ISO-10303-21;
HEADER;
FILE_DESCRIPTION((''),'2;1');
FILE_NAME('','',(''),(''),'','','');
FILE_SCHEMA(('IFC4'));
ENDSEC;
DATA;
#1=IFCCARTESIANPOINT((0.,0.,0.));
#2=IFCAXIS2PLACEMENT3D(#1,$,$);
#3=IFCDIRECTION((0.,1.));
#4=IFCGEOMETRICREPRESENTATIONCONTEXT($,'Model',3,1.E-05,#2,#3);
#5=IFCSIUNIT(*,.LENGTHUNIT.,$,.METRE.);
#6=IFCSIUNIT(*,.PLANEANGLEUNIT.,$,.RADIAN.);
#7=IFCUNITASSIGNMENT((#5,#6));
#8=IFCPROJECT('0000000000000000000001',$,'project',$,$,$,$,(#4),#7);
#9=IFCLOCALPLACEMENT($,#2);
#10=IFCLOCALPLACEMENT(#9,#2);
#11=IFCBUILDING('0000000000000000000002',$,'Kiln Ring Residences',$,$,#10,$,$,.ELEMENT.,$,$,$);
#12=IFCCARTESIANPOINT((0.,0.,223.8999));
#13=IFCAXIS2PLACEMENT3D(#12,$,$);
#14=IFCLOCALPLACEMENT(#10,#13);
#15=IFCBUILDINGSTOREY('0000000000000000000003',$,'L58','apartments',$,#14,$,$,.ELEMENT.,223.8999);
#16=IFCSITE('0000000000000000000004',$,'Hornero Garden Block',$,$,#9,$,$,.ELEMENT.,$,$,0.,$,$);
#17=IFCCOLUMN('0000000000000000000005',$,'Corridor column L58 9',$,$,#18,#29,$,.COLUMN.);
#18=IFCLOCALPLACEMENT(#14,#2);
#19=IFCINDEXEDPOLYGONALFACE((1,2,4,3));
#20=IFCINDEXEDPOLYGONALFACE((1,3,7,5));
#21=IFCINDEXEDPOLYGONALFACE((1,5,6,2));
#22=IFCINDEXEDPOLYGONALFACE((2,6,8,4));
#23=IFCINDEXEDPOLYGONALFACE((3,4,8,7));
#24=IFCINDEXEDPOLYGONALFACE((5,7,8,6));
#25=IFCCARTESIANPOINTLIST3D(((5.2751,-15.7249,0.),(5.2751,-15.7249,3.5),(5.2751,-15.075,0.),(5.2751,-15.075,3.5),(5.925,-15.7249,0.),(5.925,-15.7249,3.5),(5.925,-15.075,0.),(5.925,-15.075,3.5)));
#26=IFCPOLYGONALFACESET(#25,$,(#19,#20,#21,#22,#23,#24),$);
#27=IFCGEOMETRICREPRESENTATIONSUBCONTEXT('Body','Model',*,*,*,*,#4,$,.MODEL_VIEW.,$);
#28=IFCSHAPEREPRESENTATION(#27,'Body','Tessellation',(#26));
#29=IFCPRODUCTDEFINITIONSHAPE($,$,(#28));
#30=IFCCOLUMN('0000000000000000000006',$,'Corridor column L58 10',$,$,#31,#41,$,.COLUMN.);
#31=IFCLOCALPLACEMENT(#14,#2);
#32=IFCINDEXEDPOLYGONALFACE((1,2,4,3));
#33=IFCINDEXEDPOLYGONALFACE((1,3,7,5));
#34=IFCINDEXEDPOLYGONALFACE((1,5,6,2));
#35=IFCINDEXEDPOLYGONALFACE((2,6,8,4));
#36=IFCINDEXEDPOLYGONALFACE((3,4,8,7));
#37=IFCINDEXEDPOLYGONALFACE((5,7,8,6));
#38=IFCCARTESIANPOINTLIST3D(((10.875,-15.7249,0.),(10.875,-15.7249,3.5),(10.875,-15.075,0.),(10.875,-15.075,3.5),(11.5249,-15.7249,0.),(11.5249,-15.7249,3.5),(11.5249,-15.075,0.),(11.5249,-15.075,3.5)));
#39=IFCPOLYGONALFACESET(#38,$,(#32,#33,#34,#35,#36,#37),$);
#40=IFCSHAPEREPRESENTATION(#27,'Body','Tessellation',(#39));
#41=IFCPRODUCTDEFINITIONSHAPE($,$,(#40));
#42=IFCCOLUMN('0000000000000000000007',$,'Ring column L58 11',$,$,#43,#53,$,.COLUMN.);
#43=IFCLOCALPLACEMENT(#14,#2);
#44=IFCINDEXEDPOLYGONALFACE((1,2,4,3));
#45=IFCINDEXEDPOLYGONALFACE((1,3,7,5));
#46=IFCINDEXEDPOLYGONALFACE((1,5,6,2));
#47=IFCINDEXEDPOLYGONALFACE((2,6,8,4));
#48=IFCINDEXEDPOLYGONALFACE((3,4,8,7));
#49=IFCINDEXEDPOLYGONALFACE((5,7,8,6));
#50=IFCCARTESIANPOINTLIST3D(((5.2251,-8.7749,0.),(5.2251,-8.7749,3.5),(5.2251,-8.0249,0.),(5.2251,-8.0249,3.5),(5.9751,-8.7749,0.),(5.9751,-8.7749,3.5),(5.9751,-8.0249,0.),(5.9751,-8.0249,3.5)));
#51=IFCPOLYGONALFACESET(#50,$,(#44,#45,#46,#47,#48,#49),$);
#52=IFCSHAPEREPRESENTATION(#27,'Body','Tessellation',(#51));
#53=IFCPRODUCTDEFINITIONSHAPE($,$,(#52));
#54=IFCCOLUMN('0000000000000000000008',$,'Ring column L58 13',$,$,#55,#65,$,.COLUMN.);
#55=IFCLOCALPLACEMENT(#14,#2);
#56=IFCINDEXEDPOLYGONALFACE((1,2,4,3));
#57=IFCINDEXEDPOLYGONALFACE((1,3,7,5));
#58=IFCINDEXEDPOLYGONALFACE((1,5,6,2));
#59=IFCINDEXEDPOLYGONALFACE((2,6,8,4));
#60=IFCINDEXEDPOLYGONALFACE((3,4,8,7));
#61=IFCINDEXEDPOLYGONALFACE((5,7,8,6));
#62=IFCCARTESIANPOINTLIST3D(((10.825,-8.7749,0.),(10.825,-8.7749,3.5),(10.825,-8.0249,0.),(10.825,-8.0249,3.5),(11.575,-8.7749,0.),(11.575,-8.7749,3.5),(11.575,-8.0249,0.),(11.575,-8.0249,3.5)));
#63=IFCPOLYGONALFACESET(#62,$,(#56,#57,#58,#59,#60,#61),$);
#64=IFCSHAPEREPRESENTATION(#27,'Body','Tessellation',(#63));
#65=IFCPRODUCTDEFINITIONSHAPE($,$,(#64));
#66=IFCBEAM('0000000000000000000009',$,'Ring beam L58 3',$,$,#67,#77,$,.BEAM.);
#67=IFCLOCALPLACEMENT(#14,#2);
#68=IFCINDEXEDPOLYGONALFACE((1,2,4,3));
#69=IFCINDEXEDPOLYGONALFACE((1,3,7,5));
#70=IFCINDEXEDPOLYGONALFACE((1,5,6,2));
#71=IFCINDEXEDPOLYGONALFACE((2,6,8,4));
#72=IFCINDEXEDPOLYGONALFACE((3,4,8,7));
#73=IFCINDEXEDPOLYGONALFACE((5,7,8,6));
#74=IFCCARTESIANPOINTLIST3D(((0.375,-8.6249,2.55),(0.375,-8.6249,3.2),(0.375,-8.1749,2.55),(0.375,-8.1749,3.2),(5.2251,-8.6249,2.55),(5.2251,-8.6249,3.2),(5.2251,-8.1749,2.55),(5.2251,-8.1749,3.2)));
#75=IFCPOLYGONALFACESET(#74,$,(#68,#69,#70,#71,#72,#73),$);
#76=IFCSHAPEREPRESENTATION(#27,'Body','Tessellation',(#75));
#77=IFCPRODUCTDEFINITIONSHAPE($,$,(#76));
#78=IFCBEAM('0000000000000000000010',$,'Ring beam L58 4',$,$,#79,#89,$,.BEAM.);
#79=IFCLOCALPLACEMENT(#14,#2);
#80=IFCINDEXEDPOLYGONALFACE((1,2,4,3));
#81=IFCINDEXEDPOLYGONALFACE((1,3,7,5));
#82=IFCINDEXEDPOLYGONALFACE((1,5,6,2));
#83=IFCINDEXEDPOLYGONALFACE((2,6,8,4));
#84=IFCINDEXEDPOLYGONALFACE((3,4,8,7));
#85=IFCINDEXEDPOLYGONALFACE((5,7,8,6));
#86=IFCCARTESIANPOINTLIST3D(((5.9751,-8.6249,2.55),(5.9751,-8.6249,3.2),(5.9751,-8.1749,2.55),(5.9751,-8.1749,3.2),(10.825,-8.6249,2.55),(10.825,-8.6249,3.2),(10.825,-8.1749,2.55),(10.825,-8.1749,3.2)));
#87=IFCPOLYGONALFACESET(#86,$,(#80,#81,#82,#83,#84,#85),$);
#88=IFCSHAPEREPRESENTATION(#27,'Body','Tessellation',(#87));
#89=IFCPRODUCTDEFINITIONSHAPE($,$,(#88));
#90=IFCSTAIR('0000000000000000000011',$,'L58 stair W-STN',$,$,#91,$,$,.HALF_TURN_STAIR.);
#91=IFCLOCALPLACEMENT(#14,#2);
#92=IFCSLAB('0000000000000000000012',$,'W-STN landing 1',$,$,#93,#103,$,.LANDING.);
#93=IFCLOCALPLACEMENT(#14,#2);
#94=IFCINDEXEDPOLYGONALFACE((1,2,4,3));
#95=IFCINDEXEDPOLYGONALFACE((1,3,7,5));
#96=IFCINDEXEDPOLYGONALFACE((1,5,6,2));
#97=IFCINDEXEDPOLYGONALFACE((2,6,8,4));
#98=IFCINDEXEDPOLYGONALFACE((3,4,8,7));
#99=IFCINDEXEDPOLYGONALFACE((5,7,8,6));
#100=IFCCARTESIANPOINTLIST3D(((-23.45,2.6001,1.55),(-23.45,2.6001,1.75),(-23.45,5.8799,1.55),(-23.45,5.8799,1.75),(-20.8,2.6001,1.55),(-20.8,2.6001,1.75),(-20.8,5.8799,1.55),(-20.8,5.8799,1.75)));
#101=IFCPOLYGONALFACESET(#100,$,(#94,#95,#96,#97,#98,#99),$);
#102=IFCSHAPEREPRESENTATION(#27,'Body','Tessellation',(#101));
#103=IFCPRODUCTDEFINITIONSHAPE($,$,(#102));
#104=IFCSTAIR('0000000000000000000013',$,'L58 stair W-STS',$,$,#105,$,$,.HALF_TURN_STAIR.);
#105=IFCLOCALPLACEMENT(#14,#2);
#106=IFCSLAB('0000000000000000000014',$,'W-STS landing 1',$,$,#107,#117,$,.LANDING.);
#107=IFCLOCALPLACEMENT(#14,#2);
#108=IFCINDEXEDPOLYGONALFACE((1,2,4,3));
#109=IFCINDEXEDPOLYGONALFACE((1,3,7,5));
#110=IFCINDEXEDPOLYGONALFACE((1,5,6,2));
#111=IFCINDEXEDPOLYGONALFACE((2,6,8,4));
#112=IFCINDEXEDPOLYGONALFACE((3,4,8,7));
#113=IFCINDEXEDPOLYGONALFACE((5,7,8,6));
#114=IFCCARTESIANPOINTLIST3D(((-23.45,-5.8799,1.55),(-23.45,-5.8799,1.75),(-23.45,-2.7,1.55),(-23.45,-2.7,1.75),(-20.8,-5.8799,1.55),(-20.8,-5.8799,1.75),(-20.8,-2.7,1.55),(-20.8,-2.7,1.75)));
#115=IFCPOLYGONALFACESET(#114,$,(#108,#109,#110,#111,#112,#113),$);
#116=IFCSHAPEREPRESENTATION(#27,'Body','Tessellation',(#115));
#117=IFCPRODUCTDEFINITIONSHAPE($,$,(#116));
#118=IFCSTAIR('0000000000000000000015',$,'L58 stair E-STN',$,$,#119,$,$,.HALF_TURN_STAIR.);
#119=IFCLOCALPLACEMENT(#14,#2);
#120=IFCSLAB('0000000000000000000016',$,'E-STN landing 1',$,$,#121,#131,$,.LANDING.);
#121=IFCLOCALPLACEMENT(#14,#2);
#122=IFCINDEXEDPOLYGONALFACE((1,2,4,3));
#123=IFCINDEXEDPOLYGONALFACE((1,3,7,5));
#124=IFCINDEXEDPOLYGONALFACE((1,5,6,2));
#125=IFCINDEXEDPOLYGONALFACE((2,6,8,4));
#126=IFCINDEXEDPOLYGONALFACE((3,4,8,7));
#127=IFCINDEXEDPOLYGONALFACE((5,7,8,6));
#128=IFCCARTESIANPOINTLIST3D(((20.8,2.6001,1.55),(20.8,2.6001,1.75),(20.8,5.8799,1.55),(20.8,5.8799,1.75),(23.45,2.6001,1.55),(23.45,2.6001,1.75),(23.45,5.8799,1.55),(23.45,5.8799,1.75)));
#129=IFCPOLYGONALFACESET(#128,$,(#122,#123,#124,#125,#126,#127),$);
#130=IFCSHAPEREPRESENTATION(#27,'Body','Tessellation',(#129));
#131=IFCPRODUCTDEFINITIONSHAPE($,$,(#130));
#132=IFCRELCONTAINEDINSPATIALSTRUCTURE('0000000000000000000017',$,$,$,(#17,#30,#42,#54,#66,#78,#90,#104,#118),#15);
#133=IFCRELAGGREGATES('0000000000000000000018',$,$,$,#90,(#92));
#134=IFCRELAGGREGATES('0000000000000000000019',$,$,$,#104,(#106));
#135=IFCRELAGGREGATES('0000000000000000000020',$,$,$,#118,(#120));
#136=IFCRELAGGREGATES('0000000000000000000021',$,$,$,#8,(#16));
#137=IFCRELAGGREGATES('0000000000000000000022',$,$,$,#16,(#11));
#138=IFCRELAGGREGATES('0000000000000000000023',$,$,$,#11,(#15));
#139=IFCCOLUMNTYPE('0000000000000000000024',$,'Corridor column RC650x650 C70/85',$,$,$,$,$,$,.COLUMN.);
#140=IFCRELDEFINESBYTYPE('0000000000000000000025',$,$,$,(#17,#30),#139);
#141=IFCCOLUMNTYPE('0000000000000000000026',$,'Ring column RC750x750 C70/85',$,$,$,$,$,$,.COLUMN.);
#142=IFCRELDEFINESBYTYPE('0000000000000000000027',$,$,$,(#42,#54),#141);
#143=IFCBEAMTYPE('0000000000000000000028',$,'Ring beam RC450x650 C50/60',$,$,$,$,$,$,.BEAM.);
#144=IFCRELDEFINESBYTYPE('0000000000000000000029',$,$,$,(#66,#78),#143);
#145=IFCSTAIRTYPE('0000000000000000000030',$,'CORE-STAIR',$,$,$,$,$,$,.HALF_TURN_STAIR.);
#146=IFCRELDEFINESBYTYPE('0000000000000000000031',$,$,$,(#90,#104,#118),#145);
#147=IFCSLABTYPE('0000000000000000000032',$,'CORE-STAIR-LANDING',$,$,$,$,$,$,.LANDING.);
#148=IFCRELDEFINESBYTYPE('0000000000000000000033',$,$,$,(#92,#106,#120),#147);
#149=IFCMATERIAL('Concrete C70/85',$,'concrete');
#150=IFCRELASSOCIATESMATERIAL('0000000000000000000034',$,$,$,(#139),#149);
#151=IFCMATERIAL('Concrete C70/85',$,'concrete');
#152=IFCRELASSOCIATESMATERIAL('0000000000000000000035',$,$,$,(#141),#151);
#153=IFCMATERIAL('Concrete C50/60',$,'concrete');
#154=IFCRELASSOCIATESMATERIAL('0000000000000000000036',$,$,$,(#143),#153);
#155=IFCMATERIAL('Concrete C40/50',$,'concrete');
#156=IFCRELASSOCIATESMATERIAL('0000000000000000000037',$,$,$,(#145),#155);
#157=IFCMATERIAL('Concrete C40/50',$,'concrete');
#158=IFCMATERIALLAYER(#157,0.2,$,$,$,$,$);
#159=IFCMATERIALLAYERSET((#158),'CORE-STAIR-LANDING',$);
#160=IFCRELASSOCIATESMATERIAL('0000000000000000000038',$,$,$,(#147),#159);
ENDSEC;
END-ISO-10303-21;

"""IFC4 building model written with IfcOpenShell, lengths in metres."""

from ifc_helpers import new_model, si_unit, direction, frame, origin, origin_2d, place, context, subcontext, project, spatial, polyline, rectangle, outline, extrude, material, layer, layer_set, material_profile, profile_set, type_object, element, aggregate, save


model = new_model("IFC4")

# Units and contexts
model_context = context("Model", 3, precision=1e-05, world=origin(), true_north=direction((0.0, 1.0)))
body_context = subcontext(model_context, "Body", "Model", "MODEL_VIEW")
ifc_project = project(units=[si_unit("LENGTHUNIT", "METRE"), si_unit("PLANEANGLEUNIT", "RADIAN")], contexts=[model_context])

# Site, building, storey
site_placement = place(None, origin())
site = spatial("IfcSite", under=ifc_project, at=site_placement, Name="Hornero Garden Block", CompositionType="ELEMENT", RefElevation=0.0)
building_placement = place(site_placement, origin())
building = spatial("IfcBuilding", under=site, at=building_placement, Name="Kiln Ring Residences", CompositionType="ELEMENT")
storey_placement = place(building_placement, frame((0.0, 0.0, 223.8999)))
storey = spatial("IfcBuildingStorey", under=building, at=storey_placement, Name="L58", Description="apartments", CompositionType="ELEMENT", Elevation=223.8999)

# Columns
ifc_material_1 = material(Name="Concrete C70/85", Category="concrete")
ifc_material_profile_1 = material_profile(ifc_material_1, rectangle(XDim=0.6499, YDim=0.6499, at=origin_2d()), Name="RC650x650")
ifc_profile_set_1 = profile_set([ifc_material_profile_1], Name="Concrete C70/85")
column_type_1 = type_object("IfcColumnType", Name="Corridor column RC650x650 C70/85", PredefinedType="COLUMN", material=ifc_profile_set_1)
for number, where, z_axis, x_axis, name in (
    (1, (5.6001, -15.3999, 0.0), (0.0, 0.0, 1.0), (1.0, 0.0, 0.0), "Corridor column L58 9"),
    (2, (11.2, -15.3999, 0.0), (0.0, 0.0, 1.0), (1.0, 0.0, 0.0), "Corridor column L58 10"),
):
    element("IfcColumn", number, at=place(storey_placement, frame(where, z_axis=z_axis, x_axis=x_axis)), inside=storey, type_object=column_type_1, Name=name, PredefinedType="COLUMN", context=body_context, shape_type="SweptSolid", body=[
        extrude(rectangle(XDim=0.6499, YDim=0.6499, at=origin_2d()), origin(), (0.0, 0.0, 1.0), 3.5),
    ])
ifc_material_2 = material(Name="Concrete C70/85", Category="concrete")
ifc_material_profile_2 = material_profile(ifc_material_2, rectangle(XDim=0.75, YDim=0.75, at=origin_2d()), Name="RC750x750")
ifc_profile_set_2 = profile_set([ifc_material_profile_2], Name="Concrete C70/85")
column_type_2 = type_object("IfcColumnType", Name="Ring column RC750x750 C70/85", PredefinedType="COLUMN", material=ifc_profile_set_2)
for number, where, z_axis, x_axis, name in (
    (3, (5.6001, -8.3999, 0.0), (0.0, 0.0, 1.0), (1.0, 0.0, 0.0), "Ring column L58 11"),
    (4, (11.2, -8.3999, 0.0), (0.0, 0.0, 1.0), (1.0, 0.0, 0.0), "Ring column L58 13"),
):
    element("IfcColumn", number, at=place(storey_placement, frame(where, z_axis=z_axis, x_axis=x_axis)), inside=storey, type_object=column_type_2, Name=name, PredefinedType="COLUMN", context=body_context, shape_type="SweptSolid", body=[
        extrude(rectangle(XDim=0.75, YDim=0.75, at=origin_2d()), origin(), (0.0, 0.0, 1.0), 3.5),
    ])

# Beams
ifc_material_3 = material(Name="Concrete C50/60", Category="concrete")
ifc_material_profile_3 = material_profile(ifc_material_3, rectangle(XDim=0.45, YDim=0.6499, at=origin_2d()), Name="RC450x650")
ifc_profile_set_3 = profile_set([ifc_material_profile_3], Name="Concrete C50/60")
beam_type = type_object("IfcBeamType", Name="Ring beam RC450x650 C50/60", PredefinedType="BEAM", material=ifc_profile_set_3)
beam_1_placement = place(storey_placement, frame((0.375, -8.3999, 2.875), z_axis=(1.0, 0.0, 0.0), x_axis=(0.0, 1.0, 0.0)))
element("IfcBeam", 5, at=beam_1_placement, inside=storey, type_object=beam_type, Name="Ring beam L58 3", PredefinedType="BEAM", context=body_context, shape_type="SweptSolid", body=[
    extrude(rectangle(XDim=0.45, YDim=0.6499, at=origin_2d()), origin(), (0.0, 0.0, 1.0), 4.8501),
])
beam_2_placement = place(storey_placement, frame((5.9751, -8.3999, 2.875), z_axis=(1.0, 0.0, 0.0), x_axis=(0.0, 1.0, 0.0)))
element("IfcBeam", 6, at=beam_2_placement, inside=storey, type_object=beam_type, Name="Ring beam L58 4", PredefinedType="BEAM", context=body_context, shape_type="SweptSolid", body=[
    extrude(rectangle(XDim=0.45, YDim=0.6499, at=origin_2d()), origin(), (0.0, 0.0, 1.0), 4.8499),
])

# Stairs, slabs
ifc_material_4 = material(Name="Concrete C40/50", Category="concrete")
stair_type = type_object("IfcStairType", Name="CORE-STAIR", PredefinedType="HALF_TURN_STAIR", material=ifc_material_4)
placement_1 = place(storey_placement, origin())
stair_1 = element("IfcStair", 7, at=placement_1, inside=storey, type_object=stair_type, Name="L58 stair W-STN", PredefinedType="HALF_TURN_STAIR")
ifc_material_5 = material(Name="Concrete C40/50", Category="concrete")
ifc_layer_1 = layer(ifc_material_5, 0.2)
ifc_layer_set_1 = layer_set([ifc_layer_1], Name="CORE-STAIR-LANDING")
slab_type = type_object("IfcSlabType", Name="CORE-STAIR-LANDING", PredefinedType="LANDING", material=ifc_layer_set_1)
placement_2 = place(storey_placement, frame((0.0, 0.0, 1.55)))
slab_1 = element("IfcSlab", 8, at=placement_2, type_object=slab_type, Name="W-STN landing 1", PredefinedType="LANDING", context=body_context, shape_type="SweptSolid", body=[
    extrude(outline(polyline([(-23.45, 5.8799), (-23.45, 2.6001), (-20.8, 2.6001), (-20.8, 5.8799), (-23.45, 5.8799)])), origin(), (0.0, 0.0, 1.0), 0.2),
])
aggregate(stair_1, [slab_1])
stair_2 = element("IfcStair", 9, at=placement_1, inside=storey, type_object=stair_type, Name="L58 stair W-STS", PredefinedType="HALF_TURN_STAIR")
slab_2 = element("IfcSlab", 10, at=placement_2, type_object=slab_type, Name="W-STS landing 1", PredefinedType="LANDING", context=body_context, shape_type="SweptSolid", body=[
    extrude(outline(polyline([(-20.8, -5.8799), (-20.8, -2.7), (-23.45, -2.7), (-23.45, -5.8799), (-20.8, -5.8799)])), origin(), (0.0, 0.0, 1.0), 0.2),
])
aggregate(stair_2, [slab_2])
stair_3 = element("IfcStair", 11, at=placement_1, inside=storey, type_object=stair_type, Name="L58 stair E-STN", PredefinedType="HALF_TURN_STAIR")
slab_3 = element("IfcSlab", 12, at=placement_2, type_object=slab_type, Name="E-STN landing 1", PredefinedType="LANDING", context=body_context, shape_type="SweptSolid", body=[
    extrude(outline(polyline([(20.8, 5.8799), (20.8, 2.6001), (23.45, 2.6001), (23.45, 5.8799), (20.8, 5.8799)])), origin(), (0.0, 0.0, 1.0), 0.2),
])
aggregate(stair_3, [slab_3])

save(model, "model.ifc")
